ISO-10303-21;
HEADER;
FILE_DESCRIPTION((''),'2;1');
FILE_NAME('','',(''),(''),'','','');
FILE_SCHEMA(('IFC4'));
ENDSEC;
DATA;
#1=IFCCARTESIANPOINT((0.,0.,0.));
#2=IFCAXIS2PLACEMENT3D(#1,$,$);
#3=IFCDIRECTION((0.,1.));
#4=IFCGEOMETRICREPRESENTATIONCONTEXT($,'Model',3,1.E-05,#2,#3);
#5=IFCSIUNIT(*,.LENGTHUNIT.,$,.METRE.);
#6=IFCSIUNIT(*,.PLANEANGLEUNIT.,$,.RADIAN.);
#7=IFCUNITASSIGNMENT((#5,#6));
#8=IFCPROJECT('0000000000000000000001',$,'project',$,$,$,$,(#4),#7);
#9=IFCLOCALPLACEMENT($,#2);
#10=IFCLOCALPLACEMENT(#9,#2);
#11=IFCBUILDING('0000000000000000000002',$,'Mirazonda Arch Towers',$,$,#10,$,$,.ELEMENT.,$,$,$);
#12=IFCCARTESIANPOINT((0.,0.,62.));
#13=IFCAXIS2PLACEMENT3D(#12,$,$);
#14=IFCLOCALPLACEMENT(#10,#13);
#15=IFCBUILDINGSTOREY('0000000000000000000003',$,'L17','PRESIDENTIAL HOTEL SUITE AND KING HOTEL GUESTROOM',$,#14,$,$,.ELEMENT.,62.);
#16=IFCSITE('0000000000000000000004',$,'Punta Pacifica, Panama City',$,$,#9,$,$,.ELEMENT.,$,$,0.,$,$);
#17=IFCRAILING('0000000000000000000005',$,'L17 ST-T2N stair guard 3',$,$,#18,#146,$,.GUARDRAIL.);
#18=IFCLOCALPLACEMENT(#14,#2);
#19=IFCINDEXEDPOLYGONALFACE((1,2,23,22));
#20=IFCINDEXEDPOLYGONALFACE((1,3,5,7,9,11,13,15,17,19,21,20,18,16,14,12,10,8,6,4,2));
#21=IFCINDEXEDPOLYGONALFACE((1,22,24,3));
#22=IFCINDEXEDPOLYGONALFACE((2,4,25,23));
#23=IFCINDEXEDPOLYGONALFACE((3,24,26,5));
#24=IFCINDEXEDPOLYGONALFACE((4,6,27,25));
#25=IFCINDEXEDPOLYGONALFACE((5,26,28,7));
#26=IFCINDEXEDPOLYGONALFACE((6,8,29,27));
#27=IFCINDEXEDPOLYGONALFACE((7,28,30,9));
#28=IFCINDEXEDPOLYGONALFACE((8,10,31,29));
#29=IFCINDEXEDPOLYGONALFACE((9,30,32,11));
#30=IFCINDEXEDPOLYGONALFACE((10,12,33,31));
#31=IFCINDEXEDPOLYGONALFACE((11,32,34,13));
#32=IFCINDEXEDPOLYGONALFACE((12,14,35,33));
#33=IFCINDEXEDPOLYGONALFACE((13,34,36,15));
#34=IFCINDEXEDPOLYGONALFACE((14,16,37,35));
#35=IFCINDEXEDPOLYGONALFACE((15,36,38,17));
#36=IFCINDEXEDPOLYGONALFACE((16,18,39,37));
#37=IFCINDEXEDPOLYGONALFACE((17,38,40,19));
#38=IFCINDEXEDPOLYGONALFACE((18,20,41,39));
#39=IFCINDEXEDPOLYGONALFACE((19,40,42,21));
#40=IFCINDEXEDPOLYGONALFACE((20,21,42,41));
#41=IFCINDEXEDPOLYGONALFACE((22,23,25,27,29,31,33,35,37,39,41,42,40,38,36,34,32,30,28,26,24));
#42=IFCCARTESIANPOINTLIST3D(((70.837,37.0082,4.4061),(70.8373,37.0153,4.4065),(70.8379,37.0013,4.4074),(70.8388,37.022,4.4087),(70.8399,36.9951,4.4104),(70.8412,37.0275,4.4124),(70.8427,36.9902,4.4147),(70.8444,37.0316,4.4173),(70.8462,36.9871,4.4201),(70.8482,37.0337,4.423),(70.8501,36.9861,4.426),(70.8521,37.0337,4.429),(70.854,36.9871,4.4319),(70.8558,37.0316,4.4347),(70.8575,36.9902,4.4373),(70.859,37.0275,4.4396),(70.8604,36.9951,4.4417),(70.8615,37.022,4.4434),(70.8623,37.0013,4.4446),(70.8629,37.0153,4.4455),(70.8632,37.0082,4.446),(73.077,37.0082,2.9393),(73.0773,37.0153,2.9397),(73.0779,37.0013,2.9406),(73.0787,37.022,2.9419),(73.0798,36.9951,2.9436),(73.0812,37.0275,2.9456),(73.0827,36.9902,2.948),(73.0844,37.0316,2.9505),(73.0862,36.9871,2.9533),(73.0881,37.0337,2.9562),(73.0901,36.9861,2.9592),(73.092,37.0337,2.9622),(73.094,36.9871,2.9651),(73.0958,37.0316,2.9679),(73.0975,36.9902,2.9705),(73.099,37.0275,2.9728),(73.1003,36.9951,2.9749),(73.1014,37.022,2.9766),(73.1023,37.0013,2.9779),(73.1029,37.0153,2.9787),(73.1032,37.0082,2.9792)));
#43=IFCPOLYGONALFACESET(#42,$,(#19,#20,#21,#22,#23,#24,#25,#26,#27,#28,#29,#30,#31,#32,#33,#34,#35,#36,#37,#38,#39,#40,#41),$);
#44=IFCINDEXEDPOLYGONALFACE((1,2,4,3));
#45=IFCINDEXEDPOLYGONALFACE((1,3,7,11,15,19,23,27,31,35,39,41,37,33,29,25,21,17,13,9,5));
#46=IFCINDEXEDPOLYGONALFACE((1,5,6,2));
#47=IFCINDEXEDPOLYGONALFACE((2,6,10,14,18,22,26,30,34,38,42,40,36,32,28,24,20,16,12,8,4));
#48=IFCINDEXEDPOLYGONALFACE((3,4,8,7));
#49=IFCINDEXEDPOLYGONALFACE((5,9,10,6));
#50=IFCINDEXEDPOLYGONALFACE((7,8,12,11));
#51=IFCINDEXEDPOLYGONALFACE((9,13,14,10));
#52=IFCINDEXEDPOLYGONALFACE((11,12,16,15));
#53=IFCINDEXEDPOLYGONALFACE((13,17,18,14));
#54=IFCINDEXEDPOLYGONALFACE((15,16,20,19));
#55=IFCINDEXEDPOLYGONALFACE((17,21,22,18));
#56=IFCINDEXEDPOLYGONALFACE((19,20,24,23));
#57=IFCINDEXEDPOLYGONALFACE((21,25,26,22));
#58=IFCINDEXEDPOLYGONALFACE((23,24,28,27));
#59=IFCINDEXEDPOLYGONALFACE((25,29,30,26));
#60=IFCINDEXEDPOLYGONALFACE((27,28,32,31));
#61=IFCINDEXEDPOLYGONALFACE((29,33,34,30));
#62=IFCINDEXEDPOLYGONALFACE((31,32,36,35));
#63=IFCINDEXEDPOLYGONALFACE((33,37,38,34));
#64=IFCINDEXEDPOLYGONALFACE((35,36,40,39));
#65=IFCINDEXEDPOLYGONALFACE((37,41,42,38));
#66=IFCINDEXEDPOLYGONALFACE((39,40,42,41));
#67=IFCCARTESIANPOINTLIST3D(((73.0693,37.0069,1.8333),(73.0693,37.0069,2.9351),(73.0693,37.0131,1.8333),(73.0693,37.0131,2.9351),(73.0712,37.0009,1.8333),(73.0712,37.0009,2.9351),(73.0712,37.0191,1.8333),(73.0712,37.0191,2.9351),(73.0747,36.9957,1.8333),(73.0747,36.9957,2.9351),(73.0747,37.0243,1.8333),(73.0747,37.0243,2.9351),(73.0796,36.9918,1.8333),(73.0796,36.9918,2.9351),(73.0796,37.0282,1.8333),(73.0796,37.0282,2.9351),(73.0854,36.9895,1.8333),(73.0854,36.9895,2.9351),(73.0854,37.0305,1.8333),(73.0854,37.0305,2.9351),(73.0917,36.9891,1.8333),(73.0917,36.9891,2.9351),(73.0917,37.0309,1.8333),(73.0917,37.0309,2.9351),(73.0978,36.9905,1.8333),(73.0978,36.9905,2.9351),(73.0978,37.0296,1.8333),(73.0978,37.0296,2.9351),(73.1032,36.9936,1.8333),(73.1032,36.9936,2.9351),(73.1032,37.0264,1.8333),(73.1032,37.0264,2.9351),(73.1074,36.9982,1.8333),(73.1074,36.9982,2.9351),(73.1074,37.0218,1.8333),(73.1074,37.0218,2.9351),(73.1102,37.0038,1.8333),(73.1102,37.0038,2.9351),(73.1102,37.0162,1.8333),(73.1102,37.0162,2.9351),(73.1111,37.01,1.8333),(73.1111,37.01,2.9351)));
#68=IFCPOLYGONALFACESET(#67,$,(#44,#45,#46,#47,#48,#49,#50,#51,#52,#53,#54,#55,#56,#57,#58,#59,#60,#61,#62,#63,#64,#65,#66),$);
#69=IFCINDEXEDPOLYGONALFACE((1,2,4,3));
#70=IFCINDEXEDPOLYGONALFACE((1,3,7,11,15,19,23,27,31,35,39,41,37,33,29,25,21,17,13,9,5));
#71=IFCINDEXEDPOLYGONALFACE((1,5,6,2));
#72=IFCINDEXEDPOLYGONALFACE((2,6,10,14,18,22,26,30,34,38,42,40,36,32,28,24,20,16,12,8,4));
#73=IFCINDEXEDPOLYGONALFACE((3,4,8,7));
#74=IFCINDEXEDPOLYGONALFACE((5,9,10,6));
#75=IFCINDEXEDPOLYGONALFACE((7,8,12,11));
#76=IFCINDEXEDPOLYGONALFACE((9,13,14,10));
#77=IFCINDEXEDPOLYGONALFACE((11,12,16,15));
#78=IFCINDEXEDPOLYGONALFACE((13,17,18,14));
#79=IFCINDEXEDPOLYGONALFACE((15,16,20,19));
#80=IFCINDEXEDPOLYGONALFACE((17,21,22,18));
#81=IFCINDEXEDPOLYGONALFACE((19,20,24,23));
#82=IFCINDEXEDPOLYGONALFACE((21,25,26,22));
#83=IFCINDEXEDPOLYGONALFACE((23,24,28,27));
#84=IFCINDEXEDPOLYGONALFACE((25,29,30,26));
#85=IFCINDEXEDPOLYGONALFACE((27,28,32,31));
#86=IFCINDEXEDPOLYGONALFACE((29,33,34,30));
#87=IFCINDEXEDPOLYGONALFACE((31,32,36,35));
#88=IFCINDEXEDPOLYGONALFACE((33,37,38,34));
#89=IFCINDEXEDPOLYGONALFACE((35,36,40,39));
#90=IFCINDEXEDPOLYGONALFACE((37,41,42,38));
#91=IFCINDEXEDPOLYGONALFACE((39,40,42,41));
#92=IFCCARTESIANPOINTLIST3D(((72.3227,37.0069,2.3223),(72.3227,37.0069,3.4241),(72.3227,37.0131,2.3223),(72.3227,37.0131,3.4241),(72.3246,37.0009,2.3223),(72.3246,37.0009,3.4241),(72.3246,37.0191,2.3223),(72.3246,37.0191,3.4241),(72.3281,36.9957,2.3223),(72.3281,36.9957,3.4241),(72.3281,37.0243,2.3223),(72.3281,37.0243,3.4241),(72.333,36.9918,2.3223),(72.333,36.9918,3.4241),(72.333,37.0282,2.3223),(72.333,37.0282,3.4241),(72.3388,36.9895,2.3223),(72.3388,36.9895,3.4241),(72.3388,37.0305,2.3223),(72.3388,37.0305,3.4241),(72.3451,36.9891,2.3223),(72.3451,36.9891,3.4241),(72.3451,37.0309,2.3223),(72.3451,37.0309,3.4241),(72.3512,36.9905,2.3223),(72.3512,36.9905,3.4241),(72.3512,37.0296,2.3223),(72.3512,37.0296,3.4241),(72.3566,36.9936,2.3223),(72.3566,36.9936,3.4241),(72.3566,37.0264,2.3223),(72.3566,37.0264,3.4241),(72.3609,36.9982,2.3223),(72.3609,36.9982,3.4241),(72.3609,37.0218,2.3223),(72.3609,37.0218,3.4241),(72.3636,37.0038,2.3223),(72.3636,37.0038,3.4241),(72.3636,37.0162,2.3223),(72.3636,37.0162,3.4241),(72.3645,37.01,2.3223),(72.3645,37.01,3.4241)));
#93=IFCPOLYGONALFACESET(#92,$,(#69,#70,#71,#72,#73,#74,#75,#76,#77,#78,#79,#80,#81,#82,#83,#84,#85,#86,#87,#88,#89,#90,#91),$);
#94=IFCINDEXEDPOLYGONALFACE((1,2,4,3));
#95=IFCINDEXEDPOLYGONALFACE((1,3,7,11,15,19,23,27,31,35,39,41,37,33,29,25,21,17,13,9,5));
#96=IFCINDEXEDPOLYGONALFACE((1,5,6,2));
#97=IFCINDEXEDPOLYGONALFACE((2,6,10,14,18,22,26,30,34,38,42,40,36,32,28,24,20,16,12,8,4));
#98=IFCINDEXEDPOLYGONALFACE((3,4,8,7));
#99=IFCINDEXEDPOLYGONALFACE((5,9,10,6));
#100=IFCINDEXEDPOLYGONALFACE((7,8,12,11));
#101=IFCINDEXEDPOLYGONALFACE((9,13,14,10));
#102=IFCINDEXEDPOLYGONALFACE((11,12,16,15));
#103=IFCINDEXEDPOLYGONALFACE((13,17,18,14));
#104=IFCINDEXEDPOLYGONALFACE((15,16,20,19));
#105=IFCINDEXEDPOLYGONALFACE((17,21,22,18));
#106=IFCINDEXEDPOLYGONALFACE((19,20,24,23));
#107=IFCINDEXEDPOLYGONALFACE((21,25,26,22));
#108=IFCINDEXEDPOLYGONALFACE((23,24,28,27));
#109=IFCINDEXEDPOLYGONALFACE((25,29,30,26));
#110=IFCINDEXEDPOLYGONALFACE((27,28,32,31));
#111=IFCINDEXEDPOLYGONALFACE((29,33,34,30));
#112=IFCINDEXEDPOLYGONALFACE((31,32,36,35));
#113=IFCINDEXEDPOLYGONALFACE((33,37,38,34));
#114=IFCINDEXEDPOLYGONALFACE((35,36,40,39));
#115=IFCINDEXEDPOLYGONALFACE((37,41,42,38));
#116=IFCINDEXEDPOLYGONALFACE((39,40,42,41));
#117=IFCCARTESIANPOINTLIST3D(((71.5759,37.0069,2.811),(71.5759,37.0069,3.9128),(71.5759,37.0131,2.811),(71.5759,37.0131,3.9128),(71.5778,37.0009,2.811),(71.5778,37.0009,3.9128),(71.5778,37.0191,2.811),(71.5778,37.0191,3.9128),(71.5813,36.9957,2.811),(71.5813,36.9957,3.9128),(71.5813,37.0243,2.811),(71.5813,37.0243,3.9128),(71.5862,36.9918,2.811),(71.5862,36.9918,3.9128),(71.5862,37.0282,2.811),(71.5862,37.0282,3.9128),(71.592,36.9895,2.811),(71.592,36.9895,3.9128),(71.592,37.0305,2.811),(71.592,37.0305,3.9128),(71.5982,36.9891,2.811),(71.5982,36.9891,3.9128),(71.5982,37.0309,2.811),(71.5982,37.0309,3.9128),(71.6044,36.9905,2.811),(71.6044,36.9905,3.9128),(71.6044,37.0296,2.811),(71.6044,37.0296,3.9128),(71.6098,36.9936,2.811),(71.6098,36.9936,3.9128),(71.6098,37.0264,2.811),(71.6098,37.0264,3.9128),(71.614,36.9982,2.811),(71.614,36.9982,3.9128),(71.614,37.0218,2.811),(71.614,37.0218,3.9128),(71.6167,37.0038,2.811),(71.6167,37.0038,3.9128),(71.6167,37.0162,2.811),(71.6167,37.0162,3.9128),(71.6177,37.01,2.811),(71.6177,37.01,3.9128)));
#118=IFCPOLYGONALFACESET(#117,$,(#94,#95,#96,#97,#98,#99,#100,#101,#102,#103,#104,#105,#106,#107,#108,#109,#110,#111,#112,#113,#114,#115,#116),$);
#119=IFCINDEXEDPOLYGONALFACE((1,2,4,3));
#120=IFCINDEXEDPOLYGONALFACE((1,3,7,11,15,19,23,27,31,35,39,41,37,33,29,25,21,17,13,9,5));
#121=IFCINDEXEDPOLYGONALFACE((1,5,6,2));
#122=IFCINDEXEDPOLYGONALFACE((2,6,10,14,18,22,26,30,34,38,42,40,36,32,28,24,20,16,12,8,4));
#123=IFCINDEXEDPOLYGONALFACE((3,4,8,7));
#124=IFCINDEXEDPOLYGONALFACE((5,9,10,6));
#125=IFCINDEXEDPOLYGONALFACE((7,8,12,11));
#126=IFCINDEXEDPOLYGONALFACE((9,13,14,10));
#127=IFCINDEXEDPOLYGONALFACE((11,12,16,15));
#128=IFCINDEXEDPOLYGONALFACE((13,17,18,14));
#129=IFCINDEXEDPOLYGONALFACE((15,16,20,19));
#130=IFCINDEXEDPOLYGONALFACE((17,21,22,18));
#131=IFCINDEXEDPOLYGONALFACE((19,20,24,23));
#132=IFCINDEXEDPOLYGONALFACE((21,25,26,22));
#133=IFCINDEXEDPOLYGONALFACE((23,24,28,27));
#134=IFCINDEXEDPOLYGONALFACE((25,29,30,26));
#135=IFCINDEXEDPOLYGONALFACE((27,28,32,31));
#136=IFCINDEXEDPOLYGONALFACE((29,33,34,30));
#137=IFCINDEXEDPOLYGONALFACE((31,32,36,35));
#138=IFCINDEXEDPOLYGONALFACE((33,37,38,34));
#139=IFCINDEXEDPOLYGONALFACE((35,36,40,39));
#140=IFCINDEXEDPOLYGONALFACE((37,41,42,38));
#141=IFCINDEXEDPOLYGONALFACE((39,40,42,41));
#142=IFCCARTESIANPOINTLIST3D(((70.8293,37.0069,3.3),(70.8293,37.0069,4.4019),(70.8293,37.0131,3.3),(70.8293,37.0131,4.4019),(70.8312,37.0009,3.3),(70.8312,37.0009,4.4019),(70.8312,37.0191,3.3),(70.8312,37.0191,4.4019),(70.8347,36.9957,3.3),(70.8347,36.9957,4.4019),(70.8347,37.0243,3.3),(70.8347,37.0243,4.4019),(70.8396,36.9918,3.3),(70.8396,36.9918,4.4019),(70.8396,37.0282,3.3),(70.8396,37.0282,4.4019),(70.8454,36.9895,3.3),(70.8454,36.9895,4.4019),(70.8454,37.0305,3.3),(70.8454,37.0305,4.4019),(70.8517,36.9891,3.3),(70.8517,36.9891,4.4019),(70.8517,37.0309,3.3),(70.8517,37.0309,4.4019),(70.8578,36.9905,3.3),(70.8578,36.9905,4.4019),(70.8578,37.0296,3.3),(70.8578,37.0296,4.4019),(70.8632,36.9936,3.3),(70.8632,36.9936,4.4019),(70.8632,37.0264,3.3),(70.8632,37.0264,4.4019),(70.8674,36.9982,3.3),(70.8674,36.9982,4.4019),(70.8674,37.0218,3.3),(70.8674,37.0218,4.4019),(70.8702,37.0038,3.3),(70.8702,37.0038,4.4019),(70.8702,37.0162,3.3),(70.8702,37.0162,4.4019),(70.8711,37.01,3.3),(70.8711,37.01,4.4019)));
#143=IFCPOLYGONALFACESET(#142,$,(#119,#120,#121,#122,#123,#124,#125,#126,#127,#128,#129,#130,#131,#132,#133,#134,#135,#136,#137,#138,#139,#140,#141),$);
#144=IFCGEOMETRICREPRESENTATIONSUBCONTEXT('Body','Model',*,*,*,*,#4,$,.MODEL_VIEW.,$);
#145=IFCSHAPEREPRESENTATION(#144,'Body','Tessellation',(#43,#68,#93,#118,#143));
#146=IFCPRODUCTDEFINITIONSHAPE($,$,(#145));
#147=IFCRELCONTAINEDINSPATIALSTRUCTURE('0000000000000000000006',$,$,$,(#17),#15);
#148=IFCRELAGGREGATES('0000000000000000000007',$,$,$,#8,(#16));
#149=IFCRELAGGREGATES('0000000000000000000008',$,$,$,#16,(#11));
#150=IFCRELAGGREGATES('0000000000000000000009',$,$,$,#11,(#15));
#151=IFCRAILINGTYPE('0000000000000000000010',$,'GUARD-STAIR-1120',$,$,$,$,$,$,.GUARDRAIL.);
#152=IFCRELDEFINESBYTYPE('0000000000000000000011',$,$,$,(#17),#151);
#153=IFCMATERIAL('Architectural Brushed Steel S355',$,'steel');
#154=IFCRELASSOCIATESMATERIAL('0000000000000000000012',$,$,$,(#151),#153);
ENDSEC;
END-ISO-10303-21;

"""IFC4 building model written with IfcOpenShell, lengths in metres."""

from ifc_helpers import new_model, si_unit, direction, frame, origin, origin_2d, place, context, subcontext, project, spatial, circle, extrude, material, type_object, element, save


model = new_model("IFC4")

# Units and contexts
model_context = context("Model", 3, precision=1e-05, world=origin(), true_north=direction((0.0, 1.0)))
body_context = subcontext(model_context, "Body", "Model", "MODEL_VIEW")
ifc_project = project(units=[si_unit("LENGTHUNIT", "METRE"), si_unit("PLANEANGLEUNIT", "RADIAN")], contexts=[model_context])

# Site, building, storey
site_placement = place(None, origin())
site = spatial("IfcSite", under=ifc_project, at=site_placement, Name="Punta Pacifica, Panama City", CompositionType="ELEMENT", RefElevation=0.0)
building_placement = place(site_placement, origin())
building = spatial("IfcBuilding", under=site, at=building_placement, Name="Mirazonda Arch Towers", CompositionType="ELEMENT")
storey_placement = place(building_placement, frame((0.0, 0.0, 62.0)))
storey = spatial("IfcBuildingStorey", under=building, at=storey_placement, Name="L17", Description="PRESIDENTIAL HOTEL SUITE AND KING HOTEL GUESTROOM", CompositionType="ELEMENT", Elevation=62.0)

# Shared definitions
ifc_material_1 = material(Name="Architectural Brushed Steel S355", Category="steel")

# Railing
railing_type_1 = type_object("IfcRailingType", Name="GUARD-STAIR-1120", PredefinedType="GUARDRAIL", material=ifc_material_1)
railing_1_placement = place(storey_placement, frame((73.0901, 37.01, 1.8333)))
element("IfcRailing", 1, at=railing_1_placement, inside=storey, type_object=railing_type_1, Name="L17 ST-T2N stair guard 3", PredefinedType="GUARDRAIL", context=body_context, shape_type="SweptSolid", body=[
    extrude(circle(Radius=0.0239, at=origin_2d()), frame((0.0, 0.0, 1.126), z_axis=(-0.836595, 0.0, 0.547822), x_axis=(0.0, -1.0, 0.0)), (0.0, 0.0, 1.0), 2.6775),
    extrude(circle(Radius=0.021, at=origin_2d()), origin(), (0.0, 0.0, 1.0), 1.1018),
    extrude(circle(Radius=0.021, at=origin_2d()), frame((-0.7466, 0.0, 0.489)), (0.0, 0.0, 1.0), 1.1018),
    extrude(circle(Radius=0.021, at=origin_2d()), frame((-1.4934, 0.0, 0.9778)), (0.0, 0.0, 1.0), 1.1018),
    extrude(circle(Radius=0.021, at=origin_2d()), frame((-2.24, 0.0, 1.4668)), (0.0, 0.0, 1.0), 1.1018),
])

save(model, "model.ifc")
